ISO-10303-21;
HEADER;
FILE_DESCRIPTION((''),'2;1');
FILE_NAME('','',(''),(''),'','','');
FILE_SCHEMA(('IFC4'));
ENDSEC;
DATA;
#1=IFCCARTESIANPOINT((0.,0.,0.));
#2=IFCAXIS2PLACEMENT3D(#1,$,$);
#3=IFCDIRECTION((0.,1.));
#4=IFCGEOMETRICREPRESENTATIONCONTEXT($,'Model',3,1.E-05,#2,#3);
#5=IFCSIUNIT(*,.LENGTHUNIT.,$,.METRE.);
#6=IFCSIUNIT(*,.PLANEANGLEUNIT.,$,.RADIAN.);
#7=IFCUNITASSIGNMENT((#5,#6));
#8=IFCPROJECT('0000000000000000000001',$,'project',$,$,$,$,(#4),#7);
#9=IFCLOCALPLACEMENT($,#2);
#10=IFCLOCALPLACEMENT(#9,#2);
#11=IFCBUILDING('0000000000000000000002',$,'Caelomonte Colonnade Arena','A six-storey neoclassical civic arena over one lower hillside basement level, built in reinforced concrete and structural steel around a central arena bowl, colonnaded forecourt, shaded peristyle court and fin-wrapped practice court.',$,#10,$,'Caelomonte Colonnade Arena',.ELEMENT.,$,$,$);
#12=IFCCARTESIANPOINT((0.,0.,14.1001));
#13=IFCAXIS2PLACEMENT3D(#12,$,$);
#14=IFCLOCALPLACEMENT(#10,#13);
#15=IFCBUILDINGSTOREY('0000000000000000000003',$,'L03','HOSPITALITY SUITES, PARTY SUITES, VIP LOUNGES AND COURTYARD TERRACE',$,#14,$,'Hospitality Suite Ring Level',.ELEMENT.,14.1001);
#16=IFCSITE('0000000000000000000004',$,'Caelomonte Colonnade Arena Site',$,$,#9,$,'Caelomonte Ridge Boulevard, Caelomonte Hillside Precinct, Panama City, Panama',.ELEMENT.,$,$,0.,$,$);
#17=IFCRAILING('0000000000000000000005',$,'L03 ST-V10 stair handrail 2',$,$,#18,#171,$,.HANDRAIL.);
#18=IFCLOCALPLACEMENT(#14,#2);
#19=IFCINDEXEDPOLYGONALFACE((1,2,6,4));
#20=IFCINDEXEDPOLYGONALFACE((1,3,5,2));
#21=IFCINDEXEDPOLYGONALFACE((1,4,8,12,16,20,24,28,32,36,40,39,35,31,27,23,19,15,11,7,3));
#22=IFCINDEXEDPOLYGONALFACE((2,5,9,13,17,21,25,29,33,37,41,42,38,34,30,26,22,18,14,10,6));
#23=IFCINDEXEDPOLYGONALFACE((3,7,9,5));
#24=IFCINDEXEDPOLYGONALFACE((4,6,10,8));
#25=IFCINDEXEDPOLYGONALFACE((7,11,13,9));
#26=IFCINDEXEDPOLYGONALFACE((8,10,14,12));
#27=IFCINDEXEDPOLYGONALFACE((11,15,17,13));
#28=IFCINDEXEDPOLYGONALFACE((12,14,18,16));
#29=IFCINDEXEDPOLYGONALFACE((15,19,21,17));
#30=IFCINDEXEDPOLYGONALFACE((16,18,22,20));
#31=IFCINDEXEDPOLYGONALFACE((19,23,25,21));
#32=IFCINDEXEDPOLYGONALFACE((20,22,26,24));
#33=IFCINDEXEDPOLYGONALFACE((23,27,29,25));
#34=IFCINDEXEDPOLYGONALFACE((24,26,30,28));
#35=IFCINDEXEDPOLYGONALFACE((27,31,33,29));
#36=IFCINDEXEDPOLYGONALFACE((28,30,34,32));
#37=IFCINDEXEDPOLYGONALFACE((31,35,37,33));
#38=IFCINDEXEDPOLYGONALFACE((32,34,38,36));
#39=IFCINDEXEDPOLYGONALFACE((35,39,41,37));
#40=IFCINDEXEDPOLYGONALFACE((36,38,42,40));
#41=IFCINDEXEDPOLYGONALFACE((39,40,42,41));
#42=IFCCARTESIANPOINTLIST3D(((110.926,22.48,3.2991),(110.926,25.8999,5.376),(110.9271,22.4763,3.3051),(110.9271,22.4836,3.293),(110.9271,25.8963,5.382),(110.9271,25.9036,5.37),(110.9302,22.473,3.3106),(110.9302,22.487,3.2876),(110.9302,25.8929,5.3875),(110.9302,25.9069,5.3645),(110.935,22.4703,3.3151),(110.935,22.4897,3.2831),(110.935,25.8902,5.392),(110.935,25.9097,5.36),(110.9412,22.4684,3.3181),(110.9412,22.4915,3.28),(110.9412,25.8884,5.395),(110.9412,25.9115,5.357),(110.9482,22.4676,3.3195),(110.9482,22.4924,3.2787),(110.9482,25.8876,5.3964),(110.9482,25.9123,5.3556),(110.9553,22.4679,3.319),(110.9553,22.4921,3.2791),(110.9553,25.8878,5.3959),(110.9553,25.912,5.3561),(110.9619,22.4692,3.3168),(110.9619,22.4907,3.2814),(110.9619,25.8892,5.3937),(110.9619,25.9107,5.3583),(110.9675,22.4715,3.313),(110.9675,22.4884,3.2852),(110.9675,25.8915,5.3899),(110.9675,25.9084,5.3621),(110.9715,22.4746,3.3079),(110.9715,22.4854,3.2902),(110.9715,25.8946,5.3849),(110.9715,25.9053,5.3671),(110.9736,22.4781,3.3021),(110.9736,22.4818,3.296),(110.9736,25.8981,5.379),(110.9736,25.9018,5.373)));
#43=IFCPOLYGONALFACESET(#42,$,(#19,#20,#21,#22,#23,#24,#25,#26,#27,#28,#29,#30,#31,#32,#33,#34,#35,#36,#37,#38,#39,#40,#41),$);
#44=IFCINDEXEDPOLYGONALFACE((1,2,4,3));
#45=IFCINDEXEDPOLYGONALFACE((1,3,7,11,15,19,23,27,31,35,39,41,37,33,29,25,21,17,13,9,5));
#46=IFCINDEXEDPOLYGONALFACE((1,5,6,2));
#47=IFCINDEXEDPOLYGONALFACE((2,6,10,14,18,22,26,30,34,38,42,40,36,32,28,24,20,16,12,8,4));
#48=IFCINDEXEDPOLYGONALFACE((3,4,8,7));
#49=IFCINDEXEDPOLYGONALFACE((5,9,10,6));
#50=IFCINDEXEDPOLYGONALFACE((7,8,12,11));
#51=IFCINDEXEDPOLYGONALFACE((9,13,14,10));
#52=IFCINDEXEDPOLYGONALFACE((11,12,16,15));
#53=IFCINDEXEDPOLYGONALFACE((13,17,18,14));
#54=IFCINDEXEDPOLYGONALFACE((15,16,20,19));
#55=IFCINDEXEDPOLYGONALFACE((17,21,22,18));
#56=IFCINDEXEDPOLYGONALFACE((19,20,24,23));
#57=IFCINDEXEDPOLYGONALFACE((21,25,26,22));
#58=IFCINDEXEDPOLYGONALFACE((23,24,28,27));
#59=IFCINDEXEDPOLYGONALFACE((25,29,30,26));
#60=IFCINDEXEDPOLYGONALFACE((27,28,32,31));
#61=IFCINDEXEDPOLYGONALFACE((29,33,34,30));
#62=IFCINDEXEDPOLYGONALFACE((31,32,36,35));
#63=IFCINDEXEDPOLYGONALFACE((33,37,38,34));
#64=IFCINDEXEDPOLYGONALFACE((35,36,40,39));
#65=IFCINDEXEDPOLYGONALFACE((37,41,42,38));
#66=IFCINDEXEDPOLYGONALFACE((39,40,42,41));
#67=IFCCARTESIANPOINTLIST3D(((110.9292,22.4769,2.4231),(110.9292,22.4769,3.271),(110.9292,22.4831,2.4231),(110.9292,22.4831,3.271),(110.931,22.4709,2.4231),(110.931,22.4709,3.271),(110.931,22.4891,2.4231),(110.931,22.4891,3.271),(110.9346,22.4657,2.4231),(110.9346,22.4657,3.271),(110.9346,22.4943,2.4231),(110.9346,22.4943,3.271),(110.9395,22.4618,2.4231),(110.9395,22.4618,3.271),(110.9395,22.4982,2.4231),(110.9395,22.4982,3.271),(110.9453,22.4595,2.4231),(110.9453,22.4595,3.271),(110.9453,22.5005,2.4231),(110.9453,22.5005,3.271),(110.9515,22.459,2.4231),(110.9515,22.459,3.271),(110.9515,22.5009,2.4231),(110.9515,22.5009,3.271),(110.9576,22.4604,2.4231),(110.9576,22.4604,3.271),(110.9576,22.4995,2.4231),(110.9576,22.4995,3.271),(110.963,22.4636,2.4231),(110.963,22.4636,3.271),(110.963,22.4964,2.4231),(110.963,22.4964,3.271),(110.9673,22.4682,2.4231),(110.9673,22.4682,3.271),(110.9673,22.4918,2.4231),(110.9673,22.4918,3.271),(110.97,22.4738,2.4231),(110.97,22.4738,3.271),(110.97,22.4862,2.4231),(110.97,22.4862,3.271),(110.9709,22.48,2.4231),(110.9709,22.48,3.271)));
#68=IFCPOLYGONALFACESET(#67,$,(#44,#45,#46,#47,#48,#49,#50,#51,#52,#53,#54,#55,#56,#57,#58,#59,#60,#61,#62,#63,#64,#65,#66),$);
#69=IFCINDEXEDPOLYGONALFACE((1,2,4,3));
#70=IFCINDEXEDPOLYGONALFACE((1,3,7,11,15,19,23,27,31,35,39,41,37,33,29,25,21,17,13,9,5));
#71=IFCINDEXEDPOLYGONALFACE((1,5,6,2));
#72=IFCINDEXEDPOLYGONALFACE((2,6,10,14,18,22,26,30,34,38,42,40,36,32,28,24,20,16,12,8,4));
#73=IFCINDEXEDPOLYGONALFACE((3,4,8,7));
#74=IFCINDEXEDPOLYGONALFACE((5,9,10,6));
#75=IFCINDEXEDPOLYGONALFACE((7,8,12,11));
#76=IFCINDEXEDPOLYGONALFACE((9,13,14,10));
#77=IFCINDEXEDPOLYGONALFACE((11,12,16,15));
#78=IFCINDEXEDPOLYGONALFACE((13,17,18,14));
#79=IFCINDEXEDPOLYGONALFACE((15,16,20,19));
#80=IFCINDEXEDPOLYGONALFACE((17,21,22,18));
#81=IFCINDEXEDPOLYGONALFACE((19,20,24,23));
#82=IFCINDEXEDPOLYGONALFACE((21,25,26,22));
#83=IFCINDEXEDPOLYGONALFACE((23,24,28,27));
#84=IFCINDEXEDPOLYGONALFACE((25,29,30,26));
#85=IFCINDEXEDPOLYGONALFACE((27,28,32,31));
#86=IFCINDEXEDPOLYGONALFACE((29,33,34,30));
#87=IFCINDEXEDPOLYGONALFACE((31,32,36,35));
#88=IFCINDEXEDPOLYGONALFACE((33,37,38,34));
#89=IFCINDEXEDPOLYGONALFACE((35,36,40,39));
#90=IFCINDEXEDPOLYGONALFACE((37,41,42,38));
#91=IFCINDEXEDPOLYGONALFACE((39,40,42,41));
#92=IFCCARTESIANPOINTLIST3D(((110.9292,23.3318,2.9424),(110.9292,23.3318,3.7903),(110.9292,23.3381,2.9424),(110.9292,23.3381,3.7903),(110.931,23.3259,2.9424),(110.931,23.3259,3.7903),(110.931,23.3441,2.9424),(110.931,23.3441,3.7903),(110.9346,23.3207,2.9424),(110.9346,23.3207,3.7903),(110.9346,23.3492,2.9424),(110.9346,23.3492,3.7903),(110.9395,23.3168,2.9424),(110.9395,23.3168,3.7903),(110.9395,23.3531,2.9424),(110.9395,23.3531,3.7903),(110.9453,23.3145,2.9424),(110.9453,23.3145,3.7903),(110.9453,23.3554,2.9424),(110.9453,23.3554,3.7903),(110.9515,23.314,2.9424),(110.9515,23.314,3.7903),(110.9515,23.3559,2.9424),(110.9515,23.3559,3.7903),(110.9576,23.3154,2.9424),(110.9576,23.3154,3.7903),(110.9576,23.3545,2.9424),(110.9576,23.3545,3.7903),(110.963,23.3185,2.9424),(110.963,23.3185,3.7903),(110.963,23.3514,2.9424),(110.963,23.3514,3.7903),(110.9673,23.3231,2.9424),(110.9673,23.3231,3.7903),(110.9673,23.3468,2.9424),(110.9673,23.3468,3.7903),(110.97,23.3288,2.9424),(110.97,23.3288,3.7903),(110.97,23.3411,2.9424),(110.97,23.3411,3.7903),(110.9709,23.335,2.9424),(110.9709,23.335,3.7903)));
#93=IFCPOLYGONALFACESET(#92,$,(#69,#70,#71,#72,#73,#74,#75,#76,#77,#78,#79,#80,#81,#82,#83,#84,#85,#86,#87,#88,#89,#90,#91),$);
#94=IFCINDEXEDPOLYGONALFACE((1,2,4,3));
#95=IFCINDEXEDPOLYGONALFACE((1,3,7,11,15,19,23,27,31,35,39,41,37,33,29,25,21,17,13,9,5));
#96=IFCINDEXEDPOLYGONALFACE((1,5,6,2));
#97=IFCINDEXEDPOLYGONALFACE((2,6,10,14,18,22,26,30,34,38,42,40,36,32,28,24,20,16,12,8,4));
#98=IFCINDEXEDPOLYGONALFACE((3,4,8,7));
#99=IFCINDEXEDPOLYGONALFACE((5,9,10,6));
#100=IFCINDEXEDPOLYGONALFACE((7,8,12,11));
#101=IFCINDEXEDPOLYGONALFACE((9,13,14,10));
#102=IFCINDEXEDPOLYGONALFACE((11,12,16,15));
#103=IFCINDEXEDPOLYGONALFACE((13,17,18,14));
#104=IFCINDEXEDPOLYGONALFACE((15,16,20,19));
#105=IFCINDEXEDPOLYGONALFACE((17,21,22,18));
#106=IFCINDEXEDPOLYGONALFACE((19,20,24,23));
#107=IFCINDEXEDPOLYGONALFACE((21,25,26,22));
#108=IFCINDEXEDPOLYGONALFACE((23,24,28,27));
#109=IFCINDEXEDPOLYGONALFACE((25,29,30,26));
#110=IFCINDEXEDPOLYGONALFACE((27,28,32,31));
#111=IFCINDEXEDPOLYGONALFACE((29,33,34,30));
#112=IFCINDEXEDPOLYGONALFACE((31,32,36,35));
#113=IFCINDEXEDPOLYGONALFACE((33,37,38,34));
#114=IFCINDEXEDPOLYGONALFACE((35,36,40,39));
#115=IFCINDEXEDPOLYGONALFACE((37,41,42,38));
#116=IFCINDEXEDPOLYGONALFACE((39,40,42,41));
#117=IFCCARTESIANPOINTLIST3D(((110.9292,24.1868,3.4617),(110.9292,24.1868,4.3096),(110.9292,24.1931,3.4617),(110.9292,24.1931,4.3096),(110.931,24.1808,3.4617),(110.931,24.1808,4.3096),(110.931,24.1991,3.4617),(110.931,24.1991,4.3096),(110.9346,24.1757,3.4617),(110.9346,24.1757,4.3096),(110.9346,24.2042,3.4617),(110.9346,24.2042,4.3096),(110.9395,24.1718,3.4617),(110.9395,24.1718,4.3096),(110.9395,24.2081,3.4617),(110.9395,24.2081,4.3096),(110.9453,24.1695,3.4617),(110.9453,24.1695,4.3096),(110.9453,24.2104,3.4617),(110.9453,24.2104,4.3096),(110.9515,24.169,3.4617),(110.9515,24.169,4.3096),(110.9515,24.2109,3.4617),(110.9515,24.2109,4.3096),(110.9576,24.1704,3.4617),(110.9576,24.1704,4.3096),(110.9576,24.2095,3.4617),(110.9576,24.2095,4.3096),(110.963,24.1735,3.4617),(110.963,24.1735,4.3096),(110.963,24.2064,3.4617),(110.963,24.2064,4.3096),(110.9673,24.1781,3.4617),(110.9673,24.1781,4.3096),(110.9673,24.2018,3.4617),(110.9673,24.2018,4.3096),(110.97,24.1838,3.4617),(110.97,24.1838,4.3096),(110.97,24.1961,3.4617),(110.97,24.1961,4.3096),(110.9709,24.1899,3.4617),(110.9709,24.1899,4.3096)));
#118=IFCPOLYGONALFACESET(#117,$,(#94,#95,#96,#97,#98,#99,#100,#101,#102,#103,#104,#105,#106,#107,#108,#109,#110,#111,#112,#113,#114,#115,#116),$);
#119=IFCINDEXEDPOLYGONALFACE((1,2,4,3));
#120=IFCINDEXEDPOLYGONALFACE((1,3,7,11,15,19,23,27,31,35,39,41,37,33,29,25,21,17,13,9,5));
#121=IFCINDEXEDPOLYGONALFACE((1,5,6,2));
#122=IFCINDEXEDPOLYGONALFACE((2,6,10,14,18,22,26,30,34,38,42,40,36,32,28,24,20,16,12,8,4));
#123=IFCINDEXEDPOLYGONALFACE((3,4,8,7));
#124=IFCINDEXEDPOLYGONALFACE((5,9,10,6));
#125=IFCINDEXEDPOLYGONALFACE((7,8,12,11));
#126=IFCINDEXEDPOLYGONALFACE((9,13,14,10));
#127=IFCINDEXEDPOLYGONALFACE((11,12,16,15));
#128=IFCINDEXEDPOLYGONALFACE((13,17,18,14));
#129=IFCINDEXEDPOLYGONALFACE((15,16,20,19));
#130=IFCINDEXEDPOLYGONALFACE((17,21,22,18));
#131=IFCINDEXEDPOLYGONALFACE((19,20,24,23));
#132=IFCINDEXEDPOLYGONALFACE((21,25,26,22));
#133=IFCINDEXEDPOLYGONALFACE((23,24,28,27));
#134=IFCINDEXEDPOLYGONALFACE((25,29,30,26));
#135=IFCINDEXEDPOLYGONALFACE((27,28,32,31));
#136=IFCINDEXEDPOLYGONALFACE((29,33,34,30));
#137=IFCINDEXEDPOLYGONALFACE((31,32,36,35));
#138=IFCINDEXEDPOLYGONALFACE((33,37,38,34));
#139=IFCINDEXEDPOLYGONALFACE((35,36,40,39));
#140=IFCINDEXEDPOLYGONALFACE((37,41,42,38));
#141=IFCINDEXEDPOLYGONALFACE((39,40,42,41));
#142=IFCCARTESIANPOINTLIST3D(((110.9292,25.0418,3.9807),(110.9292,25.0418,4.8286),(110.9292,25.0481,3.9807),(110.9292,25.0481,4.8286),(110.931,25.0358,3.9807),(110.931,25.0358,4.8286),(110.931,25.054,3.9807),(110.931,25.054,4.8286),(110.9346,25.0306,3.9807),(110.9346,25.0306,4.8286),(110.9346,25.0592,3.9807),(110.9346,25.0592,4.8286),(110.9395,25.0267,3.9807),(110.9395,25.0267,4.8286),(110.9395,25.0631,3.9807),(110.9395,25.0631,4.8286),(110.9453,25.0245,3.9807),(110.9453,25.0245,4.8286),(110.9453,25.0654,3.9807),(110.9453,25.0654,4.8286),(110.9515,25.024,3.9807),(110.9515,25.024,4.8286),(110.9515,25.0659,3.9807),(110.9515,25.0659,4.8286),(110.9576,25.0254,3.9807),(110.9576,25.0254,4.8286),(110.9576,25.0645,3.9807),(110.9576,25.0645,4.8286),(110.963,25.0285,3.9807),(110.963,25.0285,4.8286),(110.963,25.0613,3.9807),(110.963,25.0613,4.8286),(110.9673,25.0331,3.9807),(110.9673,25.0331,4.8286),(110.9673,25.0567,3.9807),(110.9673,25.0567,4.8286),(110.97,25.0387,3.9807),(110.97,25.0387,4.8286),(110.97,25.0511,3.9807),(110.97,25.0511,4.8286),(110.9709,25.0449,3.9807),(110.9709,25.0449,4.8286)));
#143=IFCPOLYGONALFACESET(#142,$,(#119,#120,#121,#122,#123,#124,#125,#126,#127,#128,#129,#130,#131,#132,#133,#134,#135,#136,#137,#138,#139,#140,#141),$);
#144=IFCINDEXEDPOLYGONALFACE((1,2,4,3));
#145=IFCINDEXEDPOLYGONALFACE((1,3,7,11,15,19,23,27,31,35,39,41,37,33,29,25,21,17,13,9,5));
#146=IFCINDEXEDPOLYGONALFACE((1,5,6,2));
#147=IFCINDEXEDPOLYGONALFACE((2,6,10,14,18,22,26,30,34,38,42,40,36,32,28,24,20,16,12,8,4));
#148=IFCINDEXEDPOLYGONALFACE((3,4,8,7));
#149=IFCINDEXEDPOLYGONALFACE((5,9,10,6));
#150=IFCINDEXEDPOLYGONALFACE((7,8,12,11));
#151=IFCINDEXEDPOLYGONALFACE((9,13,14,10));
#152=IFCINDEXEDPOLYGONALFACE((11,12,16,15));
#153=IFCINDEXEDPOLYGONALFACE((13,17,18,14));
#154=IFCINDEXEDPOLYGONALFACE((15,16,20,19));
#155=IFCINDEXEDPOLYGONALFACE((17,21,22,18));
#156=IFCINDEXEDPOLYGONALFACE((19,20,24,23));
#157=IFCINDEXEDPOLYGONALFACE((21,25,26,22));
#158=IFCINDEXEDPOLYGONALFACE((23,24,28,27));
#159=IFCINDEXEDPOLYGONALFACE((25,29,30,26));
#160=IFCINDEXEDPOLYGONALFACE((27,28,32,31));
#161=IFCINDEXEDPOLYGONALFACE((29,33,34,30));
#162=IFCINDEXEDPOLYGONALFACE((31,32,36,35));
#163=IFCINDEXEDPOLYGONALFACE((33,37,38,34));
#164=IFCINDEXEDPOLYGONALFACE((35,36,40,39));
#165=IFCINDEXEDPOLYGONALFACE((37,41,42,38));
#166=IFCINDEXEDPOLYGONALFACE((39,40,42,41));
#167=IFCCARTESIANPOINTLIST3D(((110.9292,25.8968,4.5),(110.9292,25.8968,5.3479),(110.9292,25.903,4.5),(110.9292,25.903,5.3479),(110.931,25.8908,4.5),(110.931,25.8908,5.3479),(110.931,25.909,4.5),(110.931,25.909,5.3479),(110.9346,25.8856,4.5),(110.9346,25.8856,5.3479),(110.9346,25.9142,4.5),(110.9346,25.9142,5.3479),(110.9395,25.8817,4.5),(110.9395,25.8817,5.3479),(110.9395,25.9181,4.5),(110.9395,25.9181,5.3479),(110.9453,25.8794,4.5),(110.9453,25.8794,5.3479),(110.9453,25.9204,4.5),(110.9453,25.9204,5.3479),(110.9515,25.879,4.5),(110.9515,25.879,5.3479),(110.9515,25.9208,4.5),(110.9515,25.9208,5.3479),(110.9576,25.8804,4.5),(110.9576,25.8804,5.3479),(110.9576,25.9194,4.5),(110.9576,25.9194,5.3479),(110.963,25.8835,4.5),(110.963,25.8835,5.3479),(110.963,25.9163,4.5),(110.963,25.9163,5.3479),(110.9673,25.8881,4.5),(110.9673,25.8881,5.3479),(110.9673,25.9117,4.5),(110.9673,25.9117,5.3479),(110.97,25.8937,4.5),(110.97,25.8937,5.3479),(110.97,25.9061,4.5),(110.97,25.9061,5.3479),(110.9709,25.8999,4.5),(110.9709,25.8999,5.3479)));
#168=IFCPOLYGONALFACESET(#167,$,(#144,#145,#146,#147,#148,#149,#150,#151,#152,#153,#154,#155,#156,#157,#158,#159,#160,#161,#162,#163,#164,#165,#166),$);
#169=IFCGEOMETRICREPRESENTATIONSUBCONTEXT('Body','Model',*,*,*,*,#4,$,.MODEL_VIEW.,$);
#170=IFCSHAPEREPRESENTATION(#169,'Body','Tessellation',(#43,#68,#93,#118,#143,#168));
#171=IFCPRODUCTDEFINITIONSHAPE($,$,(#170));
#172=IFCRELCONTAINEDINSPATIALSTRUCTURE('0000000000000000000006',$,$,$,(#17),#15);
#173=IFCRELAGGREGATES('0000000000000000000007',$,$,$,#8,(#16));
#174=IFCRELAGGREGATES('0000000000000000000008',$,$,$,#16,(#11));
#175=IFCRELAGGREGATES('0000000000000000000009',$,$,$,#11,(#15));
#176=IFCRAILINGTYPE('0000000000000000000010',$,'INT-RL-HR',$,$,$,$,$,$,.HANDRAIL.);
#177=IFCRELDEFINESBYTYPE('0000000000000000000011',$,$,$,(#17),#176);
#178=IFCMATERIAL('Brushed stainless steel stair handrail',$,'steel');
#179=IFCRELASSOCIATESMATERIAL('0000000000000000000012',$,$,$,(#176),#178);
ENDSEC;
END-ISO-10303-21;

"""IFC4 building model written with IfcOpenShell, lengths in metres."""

from ifc_helpers import new_model, si_unit, direction, frame, origin, origin_2d, place, context, subcontext, project, spatial, circle, extrude, material, type_object, element, save


model = new_model("IFC4")

# Units and contexts
model_context = context("Model", 3, precision=1e-05, world=origin(), true_north=direction((0.0, 1.0)))
body_context = subcontext(model_context, "Body", "Model", "MODEL_VIEW")
ifc_project = project(units=[si_unit("LENGTHUNIT", "METRE"), si_unit("PLANEANGLEUNIT", "RADIAN")], contexts=[model_context])

# Site, building, storey
site_placement = place(None, origin())
site = spatial("IfcSite", under=ifc_project, at=site_placement, Name="Caelomonte Colonnade Arena Site", LongName="Caelomonte Ridge Boulevard, Caelomonte Hillside Precinct, Panama City, Panama", CompositionType="ELEMENT", RefElevation=0.0)
building_placement = place(site_placement, origin())
building = spatial("IfcBuilding", under=site, at=building_placement, Name="Caelomonte Colonnade Arena", Description="A six-storey neoclassical civic arena over one lower hillside basement level, built in reinforced concrete and structural steel around a central arena bowl, colonnaded forecourt, shaded peristyle court and fin-wrapped practice court.", LongName="Caelomonte Colonnade Arena", CompositionType="ELEMENT")
storey_placement = place(building_placement, frame((0.0, 0.0, 14.1001)))
storey = spatial("IfcBuildingStorey", under=building, at=storey_placement, Name="L03", Description="HOSPITALITY SUITES, PARTY SUITES, VIP LOUNGES AND COURTYARD TERRACE", LongName="Hospitality Suite Ring Level", CompositionType="ELEMENT", Elevation=14.1001)

# Railing
ifc_material_1 = material(Name="Brushed stainless steel stair handrail", Category="steel")
railing_type_1 = type_object("IfcRailingType", Name="INT-RL-HR", PredefinedType="HANDRAIL", material=ifc_material_1)
railing_1_placement = place(storey_placement, frame((110.95, 22.48, 2.4231)))
element("IfcRailing", 1, at=railing_1_placement, inside=storey, type_object=railing_type_1, Name="L03 ST-V10 stair handrail 2", PredefinedType="HANDRAIL", context=body_context, shape_type="SweptSolid", body=[
    extrude(circle(Radius=0.0239, at=origin_2d()), frame((0.0, 0.0, 0.876), z_axis=(0.0, 0.85473, 0.519074), x_axis=(-1.0, 0.0, 0.0)), (0.0, 0.0, 1.0), 4.0012),
    extrude(circle(Radius=0.021, at=origin_2d()), origin(), (0.0, 0.0, 1.0), 0.8479),
    extrude(circle(Radius=0.021, at=origin_2d()), frame((0.0, 0.855, 0.5193)), (0.0, 0.0, 1.0), 0.8479),
    extrude(circle(Radius=0.021, at=origin_2d()), frame((0.0, 1.71, 1.0386)), (0.0, 0.0, 1.0), 0.8479),
    extrude(circle(Radius=0.021, at=origin_2d()), frame((0.0, 2.5649, 1.5576)), (0.0, 0.0, 1.0), 0.8479),
    extrude(circle(Radius=0.021, at=origin_2d()), frame((0.0, 3.4199, 2.0769)), (0.0, 0.0, 1.0), 0.8479),
])

save(model, "model.ifc")
